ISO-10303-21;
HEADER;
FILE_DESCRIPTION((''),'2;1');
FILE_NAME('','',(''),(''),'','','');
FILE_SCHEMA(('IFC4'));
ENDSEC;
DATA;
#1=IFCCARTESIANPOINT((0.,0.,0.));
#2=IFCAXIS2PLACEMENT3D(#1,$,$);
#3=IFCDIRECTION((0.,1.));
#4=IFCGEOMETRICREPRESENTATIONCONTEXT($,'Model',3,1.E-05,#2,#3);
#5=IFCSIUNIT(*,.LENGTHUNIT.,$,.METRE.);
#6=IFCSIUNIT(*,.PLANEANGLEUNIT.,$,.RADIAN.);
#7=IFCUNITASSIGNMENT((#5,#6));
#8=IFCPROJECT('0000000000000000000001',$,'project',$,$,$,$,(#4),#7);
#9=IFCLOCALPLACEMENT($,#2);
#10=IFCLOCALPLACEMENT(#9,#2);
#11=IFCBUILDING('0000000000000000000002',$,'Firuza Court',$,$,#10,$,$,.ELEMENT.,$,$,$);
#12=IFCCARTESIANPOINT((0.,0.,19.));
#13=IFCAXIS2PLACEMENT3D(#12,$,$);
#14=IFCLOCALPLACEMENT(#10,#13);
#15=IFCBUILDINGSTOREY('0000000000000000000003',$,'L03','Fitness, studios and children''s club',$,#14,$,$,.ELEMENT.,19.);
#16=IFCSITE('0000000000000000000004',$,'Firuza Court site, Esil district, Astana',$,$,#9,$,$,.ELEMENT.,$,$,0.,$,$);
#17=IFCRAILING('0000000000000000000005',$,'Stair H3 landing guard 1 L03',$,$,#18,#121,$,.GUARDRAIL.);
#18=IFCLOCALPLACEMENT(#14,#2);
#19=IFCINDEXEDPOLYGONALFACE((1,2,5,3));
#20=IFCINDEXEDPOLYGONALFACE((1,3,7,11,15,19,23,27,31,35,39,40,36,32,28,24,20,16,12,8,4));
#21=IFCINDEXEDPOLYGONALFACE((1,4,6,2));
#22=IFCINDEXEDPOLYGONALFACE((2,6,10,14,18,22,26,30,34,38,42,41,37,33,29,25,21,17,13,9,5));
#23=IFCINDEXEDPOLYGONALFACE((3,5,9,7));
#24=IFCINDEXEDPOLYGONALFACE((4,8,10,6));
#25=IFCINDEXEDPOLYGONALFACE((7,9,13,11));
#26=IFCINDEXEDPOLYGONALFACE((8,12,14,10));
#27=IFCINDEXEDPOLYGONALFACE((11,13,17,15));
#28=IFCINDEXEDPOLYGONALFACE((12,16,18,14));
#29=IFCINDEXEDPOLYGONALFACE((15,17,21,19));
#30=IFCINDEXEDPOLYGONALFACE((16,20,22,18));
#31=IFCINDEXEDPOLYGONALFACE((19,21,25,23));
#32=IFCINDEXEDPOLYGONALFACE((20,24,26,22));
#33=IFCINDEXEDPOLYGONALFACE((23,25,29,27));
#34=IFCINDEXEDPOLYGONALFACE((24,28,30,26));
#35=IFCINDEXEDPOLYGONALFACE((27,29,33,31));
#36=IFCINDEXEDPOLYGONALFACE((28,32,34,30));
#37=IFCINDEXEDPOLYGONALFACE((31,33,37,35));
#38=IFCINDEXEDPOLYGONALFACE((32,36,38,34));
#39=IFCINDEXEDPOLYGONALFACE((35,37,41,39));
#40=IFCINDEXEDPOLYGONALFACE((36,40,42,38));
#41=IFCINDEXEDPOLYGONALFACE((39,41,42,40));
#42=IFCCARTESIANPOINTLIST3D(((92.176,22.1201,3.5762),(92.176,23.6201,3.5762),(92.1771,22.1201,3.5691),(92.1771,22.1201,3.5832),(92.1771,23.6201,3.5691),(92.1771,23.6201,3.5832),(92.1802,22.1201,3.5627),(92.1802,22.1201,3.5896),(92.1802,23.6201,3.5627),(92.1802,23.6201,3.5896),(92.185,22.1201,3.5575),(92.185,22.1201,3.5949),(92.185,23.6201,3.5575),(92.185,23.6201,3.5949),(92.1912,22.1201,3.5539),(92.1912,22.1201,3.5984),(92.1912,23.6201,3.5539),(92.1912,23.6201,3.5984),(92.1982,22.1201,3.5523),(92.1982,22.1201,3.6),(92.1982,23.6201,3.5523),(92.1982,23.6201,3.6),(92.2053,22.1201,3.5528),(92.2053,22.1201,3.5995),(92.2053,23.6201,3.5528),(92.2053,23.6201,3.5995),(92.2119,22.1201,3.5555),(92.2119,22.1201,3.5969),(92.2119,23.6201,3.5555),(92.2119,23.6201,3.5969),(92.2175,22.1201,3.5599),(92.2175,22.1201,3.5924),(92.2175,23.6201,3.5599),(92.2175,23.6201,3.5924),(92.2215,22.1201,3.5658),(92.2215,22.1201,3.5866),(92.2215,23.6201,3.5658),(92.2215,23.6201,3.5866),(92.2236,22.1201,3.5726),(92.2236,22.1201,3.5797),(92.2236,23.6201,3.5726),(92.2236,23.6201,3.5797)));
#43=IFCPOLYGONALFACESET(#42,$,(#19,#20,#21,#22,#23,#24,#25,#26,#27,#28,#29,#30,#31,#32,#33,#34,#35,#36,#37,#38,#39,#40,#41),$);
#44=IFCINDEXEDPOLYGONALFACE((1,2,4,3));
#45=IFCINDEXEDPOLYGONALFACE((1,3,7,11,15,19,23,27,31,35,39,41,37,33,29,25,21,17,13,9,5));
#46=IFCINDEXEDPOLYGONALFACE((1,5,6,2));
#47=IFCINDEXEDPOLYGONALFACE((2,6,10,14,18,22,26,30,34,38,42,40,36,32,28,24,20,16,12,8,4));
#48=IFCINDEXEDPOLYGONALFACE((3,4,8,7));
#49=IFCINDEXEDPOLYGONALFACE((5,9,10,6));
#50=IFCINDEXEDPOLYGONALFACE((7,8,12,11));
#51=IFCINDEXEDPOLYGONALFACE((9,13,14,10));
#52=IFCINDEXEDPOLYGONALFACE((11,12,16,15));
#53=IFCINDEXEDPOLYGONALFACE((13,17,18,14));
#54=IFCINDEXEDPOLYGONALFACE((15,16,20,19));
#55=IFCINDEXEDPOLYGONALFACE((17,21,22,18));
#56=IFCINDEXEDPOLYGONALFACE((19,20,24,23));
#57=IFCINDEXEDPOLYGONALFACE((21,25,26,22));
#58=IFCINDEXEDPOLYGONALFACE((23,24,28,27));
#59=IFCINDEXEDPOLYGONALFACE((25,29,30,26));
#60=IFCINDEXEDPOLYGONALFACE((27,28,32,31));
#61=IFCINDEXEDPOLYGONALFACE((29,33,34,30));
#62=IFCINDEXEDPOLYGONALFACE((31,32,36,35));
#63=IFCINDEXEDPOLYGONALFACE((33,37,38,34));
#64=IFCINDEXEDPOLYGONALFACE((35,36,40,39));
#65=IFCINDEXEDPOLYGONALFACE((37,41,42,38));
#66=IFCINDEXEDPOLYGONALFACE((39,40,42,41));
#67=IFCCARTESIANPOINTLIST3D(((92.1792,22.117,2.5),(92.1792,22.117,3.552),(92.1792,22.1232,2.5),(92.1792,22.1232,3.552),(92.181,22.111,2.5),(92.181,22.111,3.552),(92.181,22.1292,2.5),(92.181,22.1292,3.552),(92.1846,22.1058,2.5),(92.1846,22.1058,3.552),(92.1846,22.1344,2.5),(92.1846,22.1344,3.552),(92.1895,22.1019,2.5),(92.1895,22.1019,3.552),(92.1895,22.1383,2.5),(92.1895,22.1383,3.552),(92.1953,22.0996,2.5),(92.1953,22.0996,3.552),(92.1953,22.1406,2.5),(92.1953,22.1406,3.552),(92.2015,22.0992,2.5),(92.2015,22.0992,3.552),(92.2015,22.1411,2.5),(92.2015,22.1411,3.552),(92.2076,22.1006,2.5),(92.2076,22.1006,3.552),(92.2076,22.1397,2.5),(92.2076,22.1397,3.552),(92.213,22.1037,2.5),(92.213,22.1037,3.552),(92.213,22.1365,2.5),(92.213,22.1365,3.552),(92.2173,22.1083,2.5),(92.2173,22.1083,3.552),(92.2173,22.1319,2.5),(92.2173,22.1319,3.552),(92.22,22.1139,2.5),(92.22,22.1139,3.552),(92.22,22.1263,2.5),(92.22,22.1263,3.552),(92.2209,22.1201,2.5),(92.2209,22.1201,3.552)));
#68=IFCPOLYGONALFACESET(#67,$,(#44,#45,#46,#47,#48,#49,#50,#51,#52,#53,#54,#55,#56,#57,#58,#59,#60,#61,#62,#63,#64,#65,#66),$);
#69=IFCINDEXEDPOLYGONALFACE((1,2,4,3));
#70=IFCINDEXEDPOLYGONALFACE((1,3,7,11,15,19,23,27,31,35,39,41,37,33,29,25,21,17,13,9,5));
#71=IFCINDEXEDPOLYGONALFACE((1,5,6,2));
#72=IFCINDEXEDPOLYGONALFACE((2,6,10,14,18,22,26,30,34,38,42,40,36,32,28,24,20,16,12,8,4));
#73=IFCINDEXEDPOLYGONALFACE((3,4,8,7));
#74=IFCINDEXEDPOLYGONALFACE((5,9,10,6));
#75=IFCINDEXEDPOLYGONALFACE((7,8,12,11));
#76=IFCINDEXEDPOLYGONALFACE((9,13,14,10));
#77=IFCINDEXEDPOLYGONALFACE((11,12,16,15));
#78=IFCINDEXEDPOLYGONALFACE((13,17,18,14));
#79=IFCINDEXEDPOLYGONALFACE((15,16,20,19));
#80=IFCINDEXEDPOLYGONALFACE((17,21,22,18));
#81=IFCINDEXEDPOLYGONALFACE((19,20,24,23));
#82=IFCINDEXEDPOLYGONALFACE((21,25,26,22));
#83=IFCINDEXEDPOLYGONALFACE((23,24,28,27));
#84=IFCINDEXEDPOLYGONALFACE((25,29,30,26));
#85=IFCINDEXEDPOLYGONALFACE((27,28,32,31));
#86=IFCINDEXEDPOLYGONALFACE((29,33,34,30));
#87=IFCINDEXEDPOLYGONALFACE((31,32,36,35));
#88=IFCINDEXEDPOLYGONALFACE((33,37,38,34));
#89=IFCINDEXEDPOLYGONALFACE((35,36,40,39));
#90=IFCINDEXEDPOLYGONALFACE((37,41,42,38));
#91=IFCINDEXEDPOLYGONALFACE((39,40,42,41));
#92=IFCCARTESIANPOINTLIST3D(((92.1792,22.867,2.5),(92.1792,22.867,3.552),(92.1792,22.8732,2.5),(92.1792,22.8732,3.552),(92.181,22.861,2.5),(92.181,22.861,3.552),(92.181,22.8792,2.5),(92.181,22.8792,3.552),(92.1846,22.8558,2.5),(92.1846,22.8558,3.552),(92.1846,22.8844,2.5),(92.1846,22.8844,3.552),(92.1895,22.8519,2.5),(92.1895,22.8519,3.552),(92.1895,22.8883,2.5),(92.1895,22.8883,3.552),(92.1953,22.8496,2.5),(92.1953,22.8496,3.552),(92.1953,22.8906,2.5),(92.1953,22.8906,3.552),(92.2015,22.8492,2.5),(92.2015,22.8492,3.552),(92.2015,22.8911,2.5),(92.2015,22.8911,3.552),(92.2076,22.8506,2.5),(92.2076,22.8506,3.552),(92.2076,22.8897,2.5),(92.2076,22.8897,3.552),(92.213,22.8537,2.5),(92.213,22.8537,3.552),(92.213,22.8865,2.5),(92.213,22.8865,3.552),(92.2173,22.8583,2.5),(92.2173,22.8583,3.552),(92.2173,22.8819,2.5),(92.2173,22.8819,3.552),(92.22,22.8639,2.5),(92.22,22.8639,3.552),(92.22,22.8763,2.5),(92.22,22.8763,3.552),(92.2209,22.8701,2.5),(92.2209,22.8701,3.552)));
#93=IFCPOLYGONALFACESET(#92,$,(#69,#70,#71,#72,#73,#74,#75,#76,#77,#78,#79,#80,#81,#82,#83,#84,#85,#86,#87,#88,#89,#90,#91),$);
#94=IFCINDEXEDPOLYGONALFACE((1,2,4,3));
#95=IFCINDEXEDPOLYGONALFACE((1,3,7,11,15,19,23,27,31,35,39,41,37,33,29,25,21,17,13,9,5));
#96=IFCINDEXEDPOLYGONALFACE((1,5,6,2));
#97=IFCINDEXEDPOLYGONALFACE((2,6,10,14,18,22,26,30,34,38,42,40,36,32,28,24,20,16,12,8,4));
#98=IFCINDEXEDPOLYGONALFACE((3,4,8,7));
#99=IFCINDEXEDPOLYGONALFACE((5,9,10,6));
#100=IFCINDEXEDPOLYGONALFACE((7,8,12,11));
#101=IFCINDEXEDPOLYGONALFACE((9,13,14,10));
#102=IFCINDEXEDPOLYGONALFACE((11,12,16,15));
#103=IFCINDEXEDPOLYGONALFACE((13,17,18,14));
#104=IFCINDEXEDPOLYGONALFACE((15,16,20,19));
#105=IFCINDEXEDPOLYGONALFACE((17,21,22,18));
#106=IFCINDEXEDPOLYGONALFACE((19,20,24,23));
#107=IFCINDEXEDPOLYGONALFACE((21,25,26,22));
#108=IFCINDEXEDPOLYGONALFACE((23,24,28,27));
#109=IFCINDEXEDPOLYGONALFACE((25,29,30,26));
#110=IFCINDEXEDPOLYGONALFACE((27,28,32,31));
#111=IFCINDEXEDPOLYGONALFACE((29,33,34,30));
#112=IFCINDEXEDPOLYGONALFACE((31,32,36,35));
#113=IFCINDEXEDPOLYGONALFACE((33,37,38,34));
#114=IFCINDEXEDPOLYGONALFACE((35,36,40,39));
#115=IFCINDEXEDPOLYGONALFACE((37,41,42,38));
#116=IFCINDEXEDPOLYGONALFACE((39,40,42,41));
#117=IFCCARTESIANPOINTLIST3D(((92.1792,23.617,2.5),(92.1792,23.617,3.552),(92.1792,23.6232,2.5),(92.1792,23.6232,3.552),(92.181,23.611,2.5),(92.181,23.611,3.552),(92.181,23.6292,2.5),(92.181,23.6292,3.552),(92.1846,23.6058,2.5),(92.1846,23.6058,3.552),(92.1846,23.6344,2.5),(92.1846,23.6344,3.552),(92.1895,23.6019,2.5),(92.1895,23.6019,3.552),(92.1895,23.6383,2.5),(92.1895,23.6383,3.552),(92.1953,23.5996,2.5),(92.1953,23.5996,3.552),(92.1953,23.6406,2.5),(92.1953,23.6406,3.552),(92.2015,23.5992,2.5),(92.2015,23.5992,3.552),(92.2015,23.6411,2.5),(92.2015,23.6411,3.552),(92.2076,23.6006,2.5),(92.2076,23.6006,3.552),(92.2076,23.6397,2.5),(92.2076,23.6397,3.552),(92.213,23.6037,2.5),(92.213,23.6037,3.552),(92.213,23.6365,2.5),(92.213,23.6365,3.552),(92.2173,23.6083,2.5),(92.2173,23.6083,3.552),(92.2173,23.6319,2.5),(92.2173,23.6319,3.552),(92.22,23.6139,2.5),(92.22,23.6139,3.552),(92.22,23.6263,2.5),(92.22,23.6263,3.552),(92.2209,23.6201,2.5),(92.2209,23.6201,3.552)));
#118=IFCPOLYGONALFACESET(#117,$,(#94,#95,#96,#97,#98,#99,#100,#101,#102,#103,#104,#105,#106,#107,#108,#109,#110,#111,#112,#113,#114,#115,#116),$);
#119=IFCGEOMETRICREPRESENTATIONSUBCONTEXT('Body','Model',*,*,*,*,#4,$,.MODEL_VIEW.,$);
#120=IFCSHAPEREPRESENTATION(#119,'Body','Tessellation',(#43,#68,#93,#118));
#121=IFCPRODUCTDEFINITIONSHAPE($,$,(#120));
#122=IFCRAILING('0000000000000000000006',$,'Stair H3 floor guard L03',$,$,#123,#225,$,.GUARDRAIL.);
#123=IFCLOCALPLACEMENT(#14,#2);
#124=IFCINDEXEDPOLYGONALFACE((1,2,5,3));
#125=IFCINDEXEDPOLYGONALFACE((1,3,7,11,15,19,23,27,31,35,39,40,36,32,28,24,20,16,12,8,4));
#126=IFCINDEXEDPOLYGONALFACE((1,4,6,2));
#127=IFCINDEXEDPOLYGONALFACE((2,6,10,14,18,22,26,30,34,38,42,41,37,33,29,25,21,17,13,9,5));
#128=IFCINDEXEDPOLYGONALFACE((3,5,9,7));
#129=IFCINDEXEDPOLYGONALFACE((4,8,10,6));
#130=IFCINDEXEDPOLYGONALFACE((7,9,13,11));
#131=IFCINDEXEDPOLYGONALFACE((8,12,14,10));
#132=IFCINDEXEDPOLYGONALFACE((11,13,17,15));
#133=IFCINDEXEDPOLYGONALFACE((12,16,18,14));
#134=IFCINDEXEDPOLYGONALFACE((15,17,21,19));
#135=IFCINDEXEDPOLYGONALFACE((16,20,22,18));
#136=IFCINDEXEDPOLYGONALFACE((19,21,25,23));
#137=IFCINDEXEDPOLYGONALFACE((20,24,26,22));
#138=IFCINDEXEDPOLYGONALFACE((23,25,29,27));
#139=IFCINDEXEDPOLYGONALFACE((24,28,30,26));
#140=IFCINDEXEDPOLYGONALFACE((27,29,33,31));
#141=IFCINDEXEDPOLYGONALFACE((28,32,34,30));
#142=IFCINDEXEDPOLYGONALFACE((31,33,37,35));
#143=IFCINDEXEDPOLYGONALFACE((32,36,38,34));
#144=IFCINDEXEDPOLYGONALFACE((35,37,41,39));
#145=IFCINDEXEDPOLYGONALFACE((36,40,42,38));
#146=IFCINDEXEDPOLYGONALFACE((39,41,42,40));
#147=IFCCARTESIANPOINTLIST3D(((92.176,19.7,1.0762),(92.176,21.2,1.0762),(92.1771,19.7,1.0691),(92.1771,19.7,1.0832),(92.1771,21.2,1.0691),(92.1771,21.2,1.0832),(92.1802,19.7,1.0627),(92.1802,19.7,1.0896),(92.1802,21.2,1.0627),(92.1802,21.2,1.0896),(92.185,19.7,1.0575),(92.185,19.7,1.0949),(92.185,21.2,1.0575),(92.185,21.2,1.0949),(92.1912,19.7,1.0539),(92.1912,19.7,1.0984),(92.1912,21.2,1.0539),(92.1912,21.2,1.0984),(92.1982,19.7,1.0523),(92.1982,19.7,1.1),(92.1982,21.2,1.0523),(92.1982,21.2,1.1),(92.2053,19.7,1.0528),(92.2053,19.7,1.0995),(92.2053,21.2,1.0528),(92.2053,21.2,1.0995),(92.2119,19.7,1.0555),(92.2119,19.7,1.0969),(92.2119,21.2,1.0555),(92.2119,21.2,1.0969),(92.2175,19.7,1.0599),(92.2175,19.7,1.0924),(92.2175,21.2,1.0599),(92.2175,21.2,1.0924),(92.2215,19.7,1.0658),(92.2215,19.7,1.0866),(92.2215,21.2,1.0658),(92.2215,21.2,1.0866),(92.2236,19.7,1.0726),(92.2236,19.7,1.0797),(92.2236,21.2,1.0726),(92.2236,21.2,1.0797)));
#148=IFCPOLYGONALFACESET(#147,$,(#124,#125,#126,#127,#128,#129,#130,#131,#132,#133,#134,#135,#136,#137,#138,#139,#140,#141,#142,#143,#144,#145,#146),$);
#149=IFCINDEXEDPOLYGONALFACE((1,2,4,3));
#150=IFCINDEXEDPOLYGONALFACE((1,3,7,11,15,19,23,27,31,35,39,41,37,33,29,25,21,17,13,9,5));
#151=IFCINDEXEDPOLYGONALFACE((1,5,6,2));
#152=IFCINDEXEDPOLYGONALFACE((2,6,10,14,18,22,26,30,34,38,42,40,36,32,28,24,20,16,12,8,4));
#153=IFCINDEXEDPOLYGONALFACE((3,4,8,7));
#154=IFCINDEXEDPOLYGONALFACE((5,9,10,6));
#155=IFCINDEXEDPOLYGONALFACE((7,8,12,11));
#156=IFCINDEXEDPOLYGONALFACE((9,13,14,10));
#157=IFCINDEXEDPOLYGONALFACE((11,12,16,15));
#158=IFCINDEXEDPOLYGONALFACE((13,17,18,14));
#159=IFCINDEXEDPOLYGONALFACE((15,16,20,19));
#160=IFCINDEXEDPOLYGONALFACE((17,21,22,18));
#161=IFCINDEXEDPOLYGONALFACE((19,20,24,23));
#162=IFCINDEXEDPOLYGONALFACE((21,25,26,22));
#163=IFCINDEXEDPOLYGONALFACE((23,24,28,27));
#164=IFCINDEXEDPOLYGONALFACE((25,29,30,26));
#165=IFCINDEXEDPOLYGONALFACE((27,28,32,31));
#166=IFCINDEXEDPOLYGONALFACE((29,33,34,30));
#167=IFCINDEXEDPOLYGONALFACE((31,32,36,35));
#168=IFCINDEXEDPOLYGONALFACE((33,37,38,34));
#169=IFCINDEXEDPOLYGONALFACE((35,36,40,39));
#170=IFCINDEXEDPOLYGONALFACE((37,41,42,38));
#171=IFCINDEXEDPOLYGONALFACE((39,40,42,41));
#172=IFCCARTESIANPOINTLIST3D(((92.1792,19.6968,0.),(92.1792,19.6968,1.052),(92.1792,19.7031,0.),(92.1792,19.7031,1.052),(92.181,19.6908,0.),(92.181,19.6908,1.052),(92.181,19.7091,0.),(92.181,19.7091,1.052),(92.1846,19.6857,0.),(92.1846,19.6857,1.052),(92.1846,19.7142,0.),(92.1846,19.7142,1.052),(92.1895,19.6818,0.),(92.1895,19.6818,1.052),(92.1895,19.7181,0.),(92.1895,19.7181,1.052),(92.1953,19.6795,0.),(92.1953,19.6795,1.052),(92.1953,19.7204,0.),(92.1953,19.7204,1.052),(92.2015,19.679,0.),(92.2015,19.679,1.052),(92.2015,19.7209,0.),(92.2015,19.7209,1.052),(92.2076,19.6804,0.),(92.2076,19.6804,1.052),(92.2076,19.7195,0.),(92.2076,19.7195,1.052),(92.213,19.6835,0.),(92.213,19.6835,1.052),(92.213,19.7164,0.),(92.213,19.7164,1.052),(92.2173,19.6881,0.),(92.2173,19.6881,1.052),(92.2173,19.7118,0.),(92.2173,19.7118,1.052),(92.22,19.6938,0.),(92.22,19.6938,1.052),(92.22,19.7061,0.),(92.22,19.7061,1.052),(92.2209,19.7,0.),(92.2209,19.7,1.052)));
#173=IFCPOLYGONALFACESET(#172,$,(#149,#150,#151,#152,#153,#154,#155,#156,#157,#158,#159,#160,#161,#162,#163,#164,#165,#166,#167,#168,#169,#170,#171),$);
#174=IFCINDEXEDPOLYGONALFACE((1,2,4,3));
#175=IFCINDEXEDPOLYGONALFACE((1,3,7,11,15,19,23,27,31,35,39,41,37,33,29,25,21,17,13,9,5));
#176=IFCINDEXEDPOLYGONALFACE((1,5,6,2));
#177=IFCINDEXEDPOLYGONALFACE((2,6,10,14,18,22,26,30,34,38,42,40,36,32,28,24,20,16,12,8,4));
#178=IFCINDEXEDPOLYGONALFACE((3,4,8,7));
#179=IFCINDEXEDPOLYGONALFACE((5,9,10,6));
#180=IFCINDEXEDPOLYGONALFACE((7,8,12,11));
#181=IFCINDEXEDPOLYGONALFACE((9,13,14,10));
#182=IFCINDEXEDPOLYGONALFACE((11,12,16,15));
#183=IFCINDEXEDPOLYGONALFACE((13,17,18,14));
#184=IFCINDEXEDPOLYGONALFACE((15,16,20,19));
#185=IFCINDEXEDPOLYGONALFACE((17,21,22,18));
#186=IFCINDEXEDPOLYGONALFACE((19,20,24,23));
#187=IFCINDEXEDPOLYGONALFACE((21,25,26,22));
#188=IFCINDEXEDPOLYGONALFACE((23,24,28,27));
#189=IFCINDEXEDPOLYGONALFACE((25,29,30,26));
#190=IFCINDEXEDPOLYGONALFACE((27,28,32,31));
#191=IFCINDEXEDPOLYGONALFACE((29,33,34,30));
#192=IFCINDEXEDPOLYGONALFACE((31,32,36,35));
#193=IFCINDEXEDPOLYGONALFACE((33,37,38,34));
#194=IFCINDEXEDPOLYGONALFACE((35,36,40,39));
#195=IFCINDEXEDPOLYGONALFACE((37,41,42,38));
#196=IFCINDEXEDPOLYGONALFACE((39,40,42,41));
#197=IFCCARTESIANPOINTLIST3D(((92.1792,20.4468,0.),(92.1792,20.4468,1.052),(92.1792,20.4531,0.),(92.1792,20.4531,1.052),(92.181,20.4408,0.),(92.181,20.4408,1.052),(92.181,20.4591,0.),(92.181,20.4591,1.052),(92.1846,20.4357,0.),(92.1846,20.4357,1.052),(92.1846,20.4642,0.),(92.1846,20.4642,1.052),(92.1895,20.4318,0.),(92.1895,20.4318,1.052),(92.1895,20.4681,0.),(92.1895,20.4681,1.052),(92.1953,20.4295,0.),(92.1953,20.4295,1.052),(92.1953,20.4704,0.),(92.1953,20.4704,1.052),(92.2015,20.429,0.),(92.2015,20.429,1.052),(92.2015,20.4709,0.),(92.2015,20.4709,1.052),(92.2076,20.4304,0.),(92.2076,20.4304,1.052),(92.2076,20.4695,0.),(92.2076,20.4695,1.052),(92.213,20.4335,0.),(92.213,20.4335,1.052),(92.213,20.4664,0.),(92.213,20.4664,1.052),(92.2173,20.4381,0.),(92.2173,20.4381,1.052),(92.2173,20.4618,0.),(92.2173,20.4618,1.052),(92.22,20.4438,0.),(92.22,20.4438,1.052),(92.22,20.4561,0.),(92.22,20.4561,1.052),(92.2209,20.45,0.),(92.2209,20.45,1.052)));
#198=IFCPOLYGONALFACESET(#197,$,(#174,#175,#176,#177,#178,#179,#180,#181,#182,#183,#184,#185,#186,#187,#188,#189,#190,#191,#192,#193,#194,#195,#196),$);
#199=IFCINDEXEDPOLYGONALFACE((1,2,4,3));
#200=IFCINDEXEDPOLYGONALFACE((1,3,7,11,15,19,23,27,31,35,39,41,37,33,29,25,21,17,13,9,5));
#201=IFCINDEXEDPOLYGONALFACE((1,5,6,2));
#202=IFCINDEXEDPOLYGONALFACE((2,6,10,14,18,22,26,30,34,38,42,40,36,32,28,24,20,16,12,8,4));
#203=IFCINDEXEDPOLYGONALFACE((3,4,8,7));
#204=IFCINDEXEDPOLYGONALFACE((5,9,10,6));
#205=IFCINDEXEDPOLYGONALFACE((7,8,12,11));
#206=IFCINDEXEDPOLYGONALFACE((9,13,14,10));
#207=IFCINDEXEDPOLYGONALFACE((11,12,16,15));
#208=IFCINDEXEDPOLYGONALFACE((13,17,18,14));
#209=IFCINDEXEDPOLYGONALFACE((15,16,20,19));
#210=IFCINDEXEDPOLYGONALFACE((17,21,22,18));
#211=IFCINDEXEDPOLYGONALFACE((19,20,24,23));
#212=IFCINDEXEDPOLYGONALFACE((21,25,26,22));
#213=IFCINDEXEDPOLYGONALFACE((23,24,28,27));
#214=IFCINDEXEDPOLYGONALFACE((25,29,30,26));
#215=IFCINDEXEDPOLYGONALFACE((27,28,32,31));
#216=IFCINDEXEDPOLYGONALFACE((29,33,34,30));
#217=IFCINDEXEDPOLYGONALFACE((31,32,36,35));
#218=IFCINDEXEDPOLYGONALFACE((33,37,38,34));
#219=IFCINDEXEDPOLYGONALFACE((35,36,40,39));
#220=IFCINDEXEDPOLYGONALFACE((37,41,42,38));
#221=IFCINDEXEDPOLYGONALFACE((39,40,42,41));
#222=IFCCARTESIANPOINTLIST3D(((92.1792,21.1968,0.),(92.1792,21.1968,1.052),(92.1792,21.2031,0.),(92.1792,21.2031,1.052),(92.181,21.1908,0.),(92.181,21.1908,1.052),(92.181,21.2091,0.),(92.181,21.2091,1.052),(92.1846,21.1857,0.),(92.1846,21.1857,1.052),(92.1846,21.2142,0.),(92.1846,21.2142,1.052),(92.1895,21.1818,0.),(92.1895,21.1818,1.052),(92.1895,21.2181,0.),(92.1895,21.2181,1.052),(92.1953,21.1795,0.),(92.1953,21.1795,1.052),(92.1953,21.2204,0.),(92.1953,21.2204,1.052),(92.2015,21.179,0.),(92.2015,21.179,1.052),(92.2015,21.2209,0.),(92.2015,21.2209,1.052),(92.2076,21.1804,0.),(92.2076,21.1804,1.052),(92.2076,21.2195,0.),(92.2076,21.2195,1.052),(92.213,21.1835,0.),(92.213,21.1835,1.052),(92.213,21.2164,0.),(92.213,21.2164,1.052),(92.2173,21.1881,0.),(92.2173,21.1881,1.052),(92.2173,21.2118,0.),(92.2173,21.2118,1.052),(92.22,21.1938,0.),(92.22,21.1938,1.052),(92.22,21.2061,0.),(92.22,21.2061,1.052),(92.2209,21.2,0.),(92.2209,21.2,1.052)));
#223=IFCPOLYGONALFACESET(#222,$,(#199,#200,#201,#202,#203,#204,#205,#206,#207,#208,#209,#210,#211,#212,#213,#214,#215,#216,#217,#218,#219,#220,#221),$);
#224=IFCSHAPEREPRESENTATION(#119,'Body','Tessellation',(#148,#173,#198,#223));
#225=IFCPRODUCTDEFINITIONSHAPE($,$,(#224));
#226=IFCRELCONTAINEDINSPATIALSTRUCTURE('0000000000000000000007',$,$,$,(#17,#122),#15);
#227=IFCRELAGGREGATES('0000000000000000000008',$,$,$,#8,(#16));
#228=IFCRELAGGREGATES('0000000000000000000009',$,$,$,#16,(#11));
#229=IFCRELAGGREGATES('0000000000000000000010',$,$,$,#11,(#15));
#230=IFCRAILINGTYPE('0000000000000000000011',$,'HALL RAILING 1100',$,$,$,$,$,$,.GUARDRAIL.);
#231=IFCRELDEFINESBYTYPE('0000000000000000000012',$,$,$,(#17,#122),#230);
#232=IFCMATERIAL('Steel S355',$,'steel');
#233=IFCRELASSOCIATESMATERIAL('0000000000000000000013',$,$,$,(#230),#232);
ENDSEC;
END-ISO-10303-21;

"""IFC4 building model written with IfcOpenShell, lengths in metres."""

from ifc_helpers import new_model, si_unit, direction, frame, origin, origin_2d, place, context, subcontext, project, spatial, circle, extrude, material, type_object, element, save


model = new_model("IFC4")

# Units and contexts
model_context = context("Model", 3, precision=1e-05, world=origin(), true_north=direction((0.0, 1.0)))
body_context = subcontext(model_context, "Body", "Model", "MODEL_VIEW")
ifc_project = project(units=[si_unit("LENGTHUNIT", "METRE"), si_unit("PLANEANGLEUNIT", "RADIAN")], contexts=[model_context])

# Site, building, storey
site_placement = place(None, origin())
site = spatial("IfcSite", under=ifc_project, at=site_placement, Name="Firuza Court site, Esil district, Astana", CompositionType="ELEMENT", RefElevation=0.0)
building_placement = place(site_placement, origin())
building = spatial("IfcBuilding", under=site, at=building_placement, Name="Firuza Court", CompositionType="ELEMENT")
storey_placement = place(building_placement, frame((0.0, 0.0, 19.0)))
storey = spatial("IfcBuildingStorey", under=building, at=storey_placement, Name="L03", Description="Fitness, studios and children's club", CompositionType="ELEMENT", Elevation=19.0)

# Railings
ifc_material_1 = material(Name="Steel S355", Category="steel")
railing_type_1 = type_object("IfcRailingType", Name="HALL RAILING 1100", PredefinedType="GUARDRAIL", material=ifc_material_1)
for number, where, name in (
    (1, (92.2, 22.1201, 2.5), "Stair H3 landing guard 1 L03"),
    (2, (92.2, 19.7, 0.0), "Stair H3 floor guard L03"),
):
    element("IfcRailing", number, at=place(storey_placement, frame(where)), inside=storey, type_object=railing_type_1, Name=name, PredefinedType="GUARDRAIL", context=body_context, shape_type="SweptSolid", body=[
        extrude(circle(Radius=0.0239, at=origin_2d()), frame((0.0, 0.0, 1.0762), z_axis=(0.0, 1.0, 0.0), x_axis=(-1.0, 0.0, 0.0)), (0.0, 0.0, 1.0), 1.5),
        extrude(circle(Radius=0.021, at=origin_2d()), origin(), (0.0, 0.0, 1.0), 1.052),
        extrude(circle(Radius=0.021, at=origin_2d()), frame((0.0, 0.75, 0.0)), (0.0, 0.0, 1.0), 1.052),
        extrude(circle(Radius=0.021, at=origin_2d()), frame((0.0, 1.5, 0.0)), (0.0, 0.0, 1.0), 1.052),
    ])

save(model, "model.ifc")
